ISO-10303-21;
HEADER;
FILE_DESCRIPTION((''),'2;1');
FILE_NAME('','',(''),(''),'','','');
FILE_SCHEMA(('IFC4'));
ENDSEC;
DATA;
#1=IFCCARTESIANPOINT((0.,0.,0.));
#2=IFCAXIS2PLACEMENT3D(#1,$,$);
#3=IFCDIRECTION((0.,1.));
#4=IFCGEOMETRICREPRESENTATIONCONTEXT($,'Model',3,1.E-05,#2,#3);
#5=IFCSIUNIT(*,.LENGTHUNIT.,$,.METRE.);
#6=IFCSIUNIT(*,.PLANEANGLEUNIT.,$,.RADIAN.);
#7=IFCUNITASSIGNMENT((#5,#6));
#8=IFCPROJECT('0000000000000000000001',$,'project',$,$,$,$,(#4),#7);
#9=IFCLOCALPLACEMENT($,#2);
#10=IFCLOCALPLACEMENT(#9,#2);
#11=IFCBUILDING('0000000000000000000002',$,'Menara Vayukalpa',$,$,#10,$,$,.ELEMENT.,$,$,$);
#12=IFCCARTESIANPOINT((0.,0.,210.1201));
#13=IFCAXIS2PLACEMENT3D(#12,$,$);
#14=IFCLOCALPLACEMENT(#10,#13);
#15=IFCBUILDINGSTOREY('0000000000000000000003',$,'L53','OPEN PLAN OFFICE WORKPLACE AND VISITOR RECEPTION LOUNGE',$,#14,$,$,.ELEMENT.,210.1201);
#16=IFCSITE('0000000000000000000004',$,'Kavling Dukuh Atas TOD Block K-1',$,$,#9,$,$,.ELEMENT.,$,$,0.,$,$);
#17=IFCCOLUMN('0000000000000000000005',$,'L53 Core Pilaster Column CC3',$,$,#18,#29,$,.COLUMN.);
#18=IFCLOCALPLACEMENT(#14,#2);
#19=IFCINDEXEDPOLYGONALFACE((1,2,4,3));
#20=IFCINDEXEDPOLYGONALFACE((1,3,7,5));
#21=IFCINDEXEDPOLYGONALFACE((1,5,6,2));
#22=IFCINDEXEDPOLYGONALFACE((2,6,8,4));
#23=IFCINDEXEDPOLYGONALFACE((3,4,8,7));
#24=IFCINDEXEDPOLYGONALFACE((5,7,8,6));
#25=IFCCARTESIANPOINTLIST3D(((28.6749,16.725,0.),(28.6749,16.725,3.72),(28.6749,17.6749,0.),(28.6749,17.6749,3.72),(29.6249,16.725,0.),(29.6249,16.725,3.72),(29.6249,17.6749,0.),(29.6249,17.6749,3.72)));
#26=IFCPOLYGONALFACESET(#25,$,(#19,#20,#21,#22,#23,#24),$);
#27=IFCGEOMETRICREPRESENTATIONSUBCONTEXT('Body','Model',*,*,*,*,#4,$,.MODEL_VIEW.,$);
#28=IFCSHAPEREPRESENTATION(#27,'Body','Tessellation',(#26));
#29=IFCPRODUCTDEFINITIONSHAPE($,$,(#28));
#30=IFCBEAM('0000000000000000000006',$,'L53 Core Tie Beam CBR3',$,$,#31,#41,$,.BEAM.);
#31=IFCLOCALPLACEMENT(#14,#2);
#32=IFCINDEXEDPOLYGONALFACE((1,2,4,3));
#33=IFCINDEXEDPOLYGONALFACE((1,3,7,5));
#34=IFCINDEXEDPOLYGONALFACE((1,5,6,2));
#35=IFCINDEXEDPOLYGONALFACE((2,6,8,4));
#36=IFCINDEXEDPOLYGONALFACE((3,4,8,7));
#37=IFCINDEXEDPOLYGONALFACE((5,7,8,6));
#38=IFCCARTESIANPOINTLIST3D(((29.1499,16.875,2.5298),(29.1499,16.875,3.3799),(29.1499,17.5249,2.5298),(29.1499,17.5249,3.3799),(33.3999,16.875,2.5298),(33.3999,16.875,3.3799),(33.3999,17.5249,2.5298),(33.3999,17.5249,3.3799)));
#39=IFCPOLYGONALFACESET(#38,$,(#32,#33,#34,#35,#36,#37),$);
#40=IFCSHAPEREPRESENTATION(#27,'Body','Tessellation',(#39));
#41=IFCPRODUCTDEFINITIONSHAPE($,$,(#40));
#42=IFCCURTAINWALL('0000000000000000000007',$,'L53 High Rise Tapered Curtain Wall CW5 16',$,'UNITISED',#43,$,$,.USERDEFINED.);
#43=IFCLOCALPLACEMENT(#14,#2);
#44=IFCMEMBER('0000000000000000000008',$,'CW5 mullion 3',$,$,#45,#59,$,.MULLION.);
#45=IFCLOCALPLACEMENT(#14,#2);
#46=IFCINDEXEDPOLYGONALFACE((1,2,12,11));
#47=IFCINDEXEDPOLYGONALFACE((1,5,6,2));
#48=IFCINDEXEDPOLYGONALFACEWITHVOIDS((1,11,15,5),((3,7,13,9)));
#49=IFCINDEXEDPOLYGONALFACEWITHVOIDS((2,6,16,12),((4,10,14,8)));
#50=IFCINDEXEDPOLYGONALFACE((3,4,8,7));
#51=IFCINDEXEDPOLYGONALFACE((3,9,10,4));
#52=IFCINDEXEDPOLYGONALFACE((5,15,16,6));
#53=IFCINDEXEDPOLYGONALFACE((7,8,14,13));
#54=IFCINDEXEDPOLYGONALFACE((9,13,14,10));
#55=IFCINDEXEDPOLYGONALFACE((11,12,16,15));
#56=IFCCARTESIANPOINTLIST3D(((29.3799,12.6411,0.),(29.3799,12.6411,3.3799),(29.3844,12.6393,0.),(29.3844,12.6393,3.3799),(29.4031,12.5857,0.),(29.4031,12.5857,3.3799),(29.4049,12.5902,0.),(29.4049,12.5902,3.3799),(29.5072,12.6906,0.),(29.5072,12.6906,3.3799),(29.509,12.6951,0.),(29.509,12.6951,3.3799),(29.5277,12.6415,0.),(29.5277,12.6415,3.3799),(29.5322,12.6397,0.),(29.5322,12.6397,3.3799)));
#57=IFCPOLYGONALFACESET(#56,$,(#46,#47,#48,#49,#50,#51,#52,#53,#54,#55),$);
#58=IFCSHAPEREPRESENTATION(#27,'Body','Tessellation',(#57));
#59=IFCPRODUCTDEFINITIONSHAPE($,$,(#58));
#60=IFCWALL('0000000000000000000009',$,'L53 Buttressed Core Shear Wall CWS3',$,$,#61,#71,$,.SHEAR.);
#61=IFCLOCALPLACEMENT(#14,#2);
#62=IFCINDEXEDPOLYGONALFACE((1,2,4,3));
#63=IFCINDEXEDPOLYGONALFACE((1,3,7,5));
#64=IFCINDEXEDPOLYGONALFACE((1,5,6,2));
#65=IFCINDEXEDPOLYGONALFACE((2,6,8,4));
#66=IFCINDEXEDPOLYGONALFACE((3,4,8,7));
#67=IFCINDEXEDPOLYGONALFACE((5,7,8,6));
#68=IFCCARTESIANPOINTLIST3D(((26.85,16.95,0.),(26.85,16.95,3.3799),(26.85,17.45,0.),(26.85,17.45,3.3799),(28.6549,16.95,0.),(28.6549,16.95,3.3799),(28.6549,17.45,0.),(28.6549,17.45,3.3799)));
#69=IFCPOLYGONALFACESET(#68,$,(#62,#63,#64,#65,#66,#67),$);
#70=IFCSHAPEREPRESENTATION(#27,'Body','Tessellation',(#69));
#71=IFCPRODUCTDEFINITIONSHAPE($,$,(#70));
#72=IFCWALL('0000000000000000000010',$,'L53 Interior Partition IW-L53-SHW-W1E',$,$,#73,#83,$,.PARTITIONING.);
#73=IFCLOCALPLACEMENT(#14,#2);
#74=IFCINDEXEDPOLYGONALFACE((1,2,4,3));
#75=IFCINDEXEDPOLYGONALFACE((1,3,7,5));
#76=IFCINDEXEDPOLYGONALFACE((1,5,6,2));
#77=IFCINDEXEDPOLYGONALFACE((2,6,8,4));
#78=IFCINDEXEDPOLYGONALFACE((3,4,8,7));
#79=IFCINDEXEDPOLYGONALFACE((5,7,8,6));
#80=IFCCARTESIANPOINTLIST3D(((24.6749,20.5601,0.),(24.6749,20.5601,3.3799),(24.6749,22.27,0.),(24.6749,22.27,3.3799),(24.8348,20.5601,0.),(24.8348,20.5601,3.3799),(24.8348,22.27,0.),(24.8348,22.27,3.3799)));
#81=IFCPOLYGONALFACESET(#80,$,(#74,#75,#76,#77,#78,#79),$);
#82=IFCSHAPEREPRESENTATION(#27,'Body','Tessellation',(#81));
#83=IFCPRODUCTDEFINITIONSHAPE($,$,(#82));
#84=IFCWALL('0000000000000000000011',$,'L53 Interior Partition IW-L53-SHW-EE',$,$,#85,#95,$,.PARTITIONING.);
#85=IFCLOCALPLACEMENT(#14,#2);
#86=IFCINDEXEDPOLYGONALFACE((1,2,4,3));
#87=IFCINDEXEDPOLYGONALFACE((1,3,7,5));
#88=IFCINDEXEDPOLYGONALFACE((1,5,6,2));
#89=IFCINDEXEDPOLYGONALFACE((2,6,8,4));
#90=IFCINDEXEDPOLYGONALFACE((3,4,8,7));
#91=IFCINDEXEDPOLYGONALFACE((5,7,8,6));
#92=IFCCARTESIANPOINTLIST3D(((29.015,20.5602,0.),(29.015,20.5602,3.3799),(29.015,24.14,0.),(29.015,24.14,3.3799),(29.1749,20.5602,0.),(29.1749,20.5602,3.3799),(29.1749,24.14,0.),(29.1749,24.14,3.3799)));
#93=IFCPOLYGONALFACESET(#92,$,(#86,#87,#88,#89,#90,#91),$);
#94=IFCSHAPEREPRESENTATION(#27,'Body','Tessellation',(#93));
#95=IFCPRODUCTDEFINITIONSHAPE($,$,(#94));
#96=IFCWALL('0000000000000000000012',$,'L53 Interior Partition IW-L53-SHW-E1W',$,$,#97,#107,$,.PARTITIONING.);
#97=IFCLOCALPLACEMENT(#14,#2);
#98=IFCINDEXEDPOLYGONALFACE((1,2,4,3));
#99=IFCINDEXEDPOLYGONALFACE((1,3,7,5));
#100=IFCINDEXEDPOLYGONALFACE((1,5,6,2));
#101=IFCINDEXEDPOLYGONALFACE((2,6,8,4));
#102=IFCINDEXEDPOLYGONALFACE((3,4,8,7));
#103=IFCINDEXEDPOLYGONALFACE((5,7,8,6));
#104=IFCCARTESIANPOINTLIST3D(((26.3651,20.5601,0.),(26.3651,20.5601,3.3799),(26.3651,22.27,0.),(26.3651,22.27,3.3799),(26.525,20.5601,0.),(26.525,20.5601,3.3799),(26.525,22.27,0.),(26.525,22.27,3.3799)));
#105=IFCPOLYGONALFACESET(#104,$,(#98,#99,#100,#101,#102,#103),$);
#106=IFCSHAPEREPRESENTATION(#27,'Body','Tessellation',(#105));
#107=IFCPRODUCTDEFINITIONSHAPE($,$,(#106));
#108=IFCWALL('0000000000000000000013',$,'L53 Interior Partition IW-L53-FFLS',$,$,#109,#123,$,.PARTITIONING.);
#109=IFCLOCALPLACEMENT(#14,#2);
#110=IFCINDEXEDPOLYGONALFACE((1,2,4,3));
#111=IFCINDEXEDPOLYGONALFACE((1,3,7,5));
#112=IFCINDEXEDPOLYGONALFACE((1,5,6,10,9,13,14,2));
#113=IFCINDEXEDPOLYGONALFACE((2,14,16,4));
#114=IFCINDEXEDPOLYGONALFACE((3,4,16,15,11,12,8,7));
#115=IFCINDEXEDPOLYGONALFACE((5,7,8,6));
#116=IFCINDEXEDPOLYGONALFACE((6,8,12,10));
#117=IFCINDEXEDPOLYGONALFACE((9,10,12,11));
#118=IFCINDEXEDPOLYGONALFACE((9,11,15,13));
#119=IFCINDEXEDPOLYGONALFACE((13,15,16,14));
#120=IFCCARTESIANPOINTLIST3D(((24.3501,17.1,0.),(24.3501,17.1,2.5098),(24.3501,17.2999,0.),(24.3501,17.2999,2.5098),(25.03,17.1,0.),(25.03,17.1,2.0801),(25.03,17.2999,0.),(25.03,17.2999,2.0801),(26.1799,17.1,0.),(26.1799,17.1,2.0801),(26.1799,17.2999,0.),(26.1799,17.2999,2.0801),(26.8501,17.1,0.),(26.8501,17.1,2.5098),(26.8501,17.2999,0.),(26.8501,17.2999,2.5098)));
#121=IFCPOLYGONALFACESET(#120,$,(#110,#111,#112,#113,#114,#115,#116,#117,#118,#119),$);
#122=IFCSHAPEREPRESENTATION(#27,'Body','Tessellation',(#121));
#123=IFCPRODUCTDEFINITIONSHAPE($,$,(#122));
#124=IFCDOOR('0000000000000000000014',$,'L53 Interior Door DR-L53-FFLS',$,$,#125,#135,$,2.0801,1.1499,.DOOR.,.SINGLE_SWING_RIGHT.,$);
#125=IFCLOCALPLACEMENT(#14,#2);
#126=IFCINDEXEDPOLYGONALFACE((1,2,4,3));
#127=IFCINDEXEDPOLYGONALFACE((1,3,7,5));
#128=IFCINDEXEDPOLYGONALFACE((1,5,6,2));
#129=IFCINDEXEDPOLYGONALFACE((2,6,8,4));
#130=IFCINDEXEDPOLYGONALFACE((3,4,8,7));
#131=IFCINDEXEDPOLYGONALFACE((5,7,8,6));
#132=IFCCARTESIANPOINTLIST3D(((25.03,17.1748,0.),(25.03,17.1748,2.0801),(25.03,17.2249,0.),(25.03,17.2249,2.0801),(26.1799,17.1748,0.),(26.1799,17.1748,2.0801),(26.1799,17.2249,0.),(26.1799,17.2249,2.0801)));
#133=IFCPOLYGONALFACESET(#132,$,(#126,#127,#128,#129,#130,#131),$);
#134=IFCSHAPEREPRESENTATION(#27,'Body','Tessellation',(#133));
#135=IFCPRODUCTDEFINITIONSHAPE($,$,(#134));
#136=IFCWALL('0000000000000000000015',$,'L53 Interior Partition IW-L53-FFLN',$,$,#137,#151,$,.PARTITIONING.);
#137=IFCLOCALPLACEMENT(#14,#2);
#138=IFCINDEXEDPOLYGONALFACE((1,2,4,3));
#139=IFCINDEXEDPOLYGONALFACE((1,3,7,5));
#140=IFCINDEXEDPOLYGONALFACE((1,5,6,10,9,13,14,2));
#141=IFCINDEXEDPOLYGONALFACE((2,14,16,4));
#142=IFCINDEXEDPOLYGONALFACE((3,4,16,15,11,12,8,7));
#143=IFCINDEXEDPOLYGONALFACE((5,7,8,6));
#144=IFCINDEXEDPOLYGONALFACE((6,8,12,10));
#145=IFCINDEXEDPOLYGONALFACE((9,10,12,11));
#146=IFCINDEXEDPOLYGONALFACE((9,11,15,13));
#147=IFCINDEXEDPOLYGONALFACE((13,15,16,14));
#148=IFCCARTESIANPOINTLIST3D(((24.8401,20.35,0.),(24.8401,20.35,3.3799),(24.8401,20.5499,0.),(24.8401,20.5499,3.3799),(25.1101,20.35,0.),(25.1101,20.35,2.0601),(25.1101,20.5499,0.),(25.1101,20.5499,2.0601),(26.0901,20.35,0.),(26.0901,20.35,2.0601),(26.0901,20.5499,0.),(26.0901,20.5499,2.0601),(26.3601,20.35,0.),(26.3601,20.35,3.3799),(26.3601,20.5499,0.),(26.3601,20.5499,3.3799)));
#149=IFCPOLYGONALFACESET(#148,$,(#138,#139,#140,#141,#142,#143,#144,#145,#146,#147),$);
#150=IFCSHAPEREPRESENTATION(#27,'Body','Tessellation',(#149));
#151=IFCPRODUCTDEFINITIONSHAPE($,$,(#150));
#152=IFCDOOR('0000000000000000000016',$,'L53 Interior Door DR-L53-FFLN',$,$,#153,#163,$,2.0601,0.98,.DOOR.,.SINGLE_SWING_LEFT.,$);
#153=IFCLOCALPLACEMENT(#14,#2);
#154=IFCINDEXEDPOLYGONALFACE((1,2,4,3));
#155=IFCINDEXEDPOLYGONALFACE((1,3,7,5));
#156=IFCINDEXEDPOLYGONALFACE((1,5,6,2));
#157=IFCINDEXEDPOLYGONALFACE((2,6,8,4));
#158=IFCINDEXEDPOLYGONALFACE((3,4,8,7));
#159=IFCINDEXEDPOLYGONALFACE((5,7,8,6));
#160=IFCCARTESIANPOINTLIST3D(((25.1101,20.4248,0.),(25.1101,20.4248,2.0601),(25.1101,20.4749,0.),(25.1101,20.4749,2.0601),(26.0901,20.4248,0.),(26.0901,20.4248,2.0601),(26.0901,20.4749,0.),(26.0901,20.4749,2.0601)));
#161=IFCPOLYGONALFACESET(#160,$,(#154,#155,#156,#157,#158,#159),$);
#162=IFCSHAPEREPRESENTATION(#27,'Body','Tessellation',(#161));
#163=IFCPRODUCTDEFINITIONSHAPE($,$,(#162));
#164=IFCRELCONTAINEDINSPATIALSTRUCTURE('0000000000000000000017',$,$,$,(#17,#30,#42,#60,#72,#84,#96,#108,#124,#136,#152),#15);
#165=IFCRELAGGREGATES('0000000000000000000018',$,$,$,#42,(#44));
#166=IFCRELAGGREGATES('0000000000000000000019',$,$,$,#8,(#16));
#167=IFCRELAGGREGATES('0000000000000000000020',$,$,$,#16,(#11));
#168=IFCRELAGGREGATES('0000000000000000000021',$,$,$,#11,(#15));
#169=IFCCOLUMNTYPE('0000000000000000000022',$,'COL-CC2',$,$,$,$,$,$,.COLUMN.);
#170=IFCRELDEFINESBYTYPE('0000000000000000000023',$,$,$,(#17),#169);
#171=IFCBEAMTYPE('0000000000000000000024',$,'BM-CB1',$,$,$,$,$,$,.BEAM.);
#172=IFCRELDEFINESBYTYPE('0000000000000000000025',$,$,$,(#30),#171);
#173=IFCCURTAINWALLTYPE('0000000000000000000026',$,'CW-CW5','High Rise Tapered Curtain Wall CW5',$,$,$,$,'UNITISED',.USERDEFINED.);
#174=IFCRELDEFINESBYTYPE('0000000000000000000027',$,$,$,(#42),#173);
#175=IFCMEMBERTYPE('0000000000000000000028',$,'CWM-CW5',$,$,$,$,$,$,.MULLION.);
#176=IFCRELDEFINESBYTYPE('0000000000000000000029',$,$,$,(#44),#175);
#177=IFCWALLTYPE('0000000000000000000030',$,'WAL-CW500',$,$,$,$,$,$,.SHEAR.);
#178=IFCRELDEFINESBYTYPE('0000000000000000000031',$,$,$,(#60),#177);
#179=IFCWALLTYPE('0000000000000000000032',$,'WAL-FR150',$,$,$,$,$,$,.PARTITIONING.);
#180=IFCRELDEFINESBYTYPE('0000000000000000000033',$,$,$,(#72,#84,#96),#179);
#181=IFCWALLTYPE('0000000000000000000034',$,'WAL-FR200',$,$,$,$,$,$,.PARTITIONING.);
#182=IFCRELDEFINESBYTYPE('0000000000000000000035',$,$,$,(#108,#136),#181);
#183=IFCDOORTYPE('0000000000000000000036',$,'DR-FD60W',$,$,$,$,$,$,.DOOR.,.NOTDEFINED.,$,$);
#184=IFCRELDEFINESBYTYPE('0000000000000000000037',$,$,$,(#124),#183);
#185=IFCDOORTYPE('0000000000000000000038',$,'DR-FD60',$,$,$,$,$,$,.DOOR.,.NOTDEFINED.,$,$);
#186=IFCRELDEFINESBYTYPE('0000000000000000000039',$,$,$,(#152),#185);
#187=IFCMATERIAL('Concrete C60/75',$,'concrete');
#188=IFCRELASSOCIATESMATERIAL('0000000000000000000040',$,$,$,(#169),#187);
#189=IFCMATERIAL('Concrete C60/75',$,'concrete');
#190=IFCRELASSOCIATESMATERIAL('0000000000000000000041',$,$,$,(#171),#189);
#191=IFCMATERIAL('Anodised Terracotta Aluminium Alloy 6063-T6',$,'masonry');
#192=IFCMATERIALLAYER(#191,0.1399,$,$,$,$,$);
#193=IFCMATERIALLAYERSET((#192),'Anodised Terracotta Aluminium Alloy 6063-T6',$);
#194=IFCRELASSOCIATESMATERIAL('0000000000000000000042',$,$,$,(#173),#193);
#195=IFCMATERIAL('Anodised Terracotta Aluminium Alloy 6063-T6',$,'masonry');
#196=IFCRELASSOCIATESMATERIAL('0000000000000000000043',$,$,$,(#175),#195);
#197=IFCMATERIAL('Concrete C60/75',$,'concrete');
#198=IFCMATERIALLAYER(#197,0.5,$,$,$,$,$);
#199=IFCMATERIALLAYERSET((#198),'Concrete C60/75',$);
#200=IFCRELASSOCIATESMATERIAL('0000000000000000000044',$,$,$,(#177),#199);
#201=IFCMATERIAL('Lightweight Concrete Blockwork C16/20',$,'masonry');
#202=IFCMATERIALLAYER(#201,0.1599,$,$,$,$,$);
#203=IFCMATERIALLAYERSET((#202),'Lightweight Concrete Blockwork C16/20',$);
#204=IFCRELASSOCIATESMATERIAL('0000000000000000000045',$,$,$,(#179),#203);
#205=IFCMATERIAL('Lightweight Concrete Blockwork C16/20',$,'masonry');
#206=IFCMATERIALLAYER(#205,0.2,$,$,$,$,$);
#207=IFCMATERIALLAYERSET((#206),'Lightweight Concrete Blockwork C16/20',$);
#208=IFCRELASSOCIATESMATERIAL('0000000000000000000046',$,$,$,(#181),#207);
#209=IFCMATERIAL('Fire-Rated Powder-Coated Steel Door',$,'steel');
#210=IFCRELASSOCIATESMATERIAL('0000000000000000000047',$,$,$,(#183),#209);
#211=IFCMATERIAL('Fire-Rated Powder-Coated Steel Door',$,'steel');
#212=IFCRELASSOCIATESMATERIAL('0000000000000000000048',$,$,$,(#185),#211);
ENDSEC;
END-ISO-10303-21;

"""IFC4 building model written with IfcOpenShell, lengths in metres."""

from ifc_helpers import new_model, si_unit, direction, frame, frame_2d, origin, origin_2d, place, context, subcontext, project, spatial, rectangle, hollow_rectangle, extrude, material, layer, layer_set, material_profile, profile_set, type_object, element, fill, aggregate, save


model = new_model("IFC4")

# Units and contexts
model_context = context("Model", 3, precision=1e-05, world=origin(), true_north=direction((0.0, 1.0)))
body_context = subcontext(model_context, "Body", "Model", "MODEL_VIEW")
ifc_project = project(units=[si_unit("LENGTHUNIT", "METRE"), si_unit("PLANEANGLEUNIT", "RADIAN")], contexts=[model_context])

# Site, building, storey
site_placement = place(None, origin())
site = spatial("IfcSite", under=ifc_project, at=site_placement, Name="Kavling Dukuh Atas TOD Block K-1", CompositionType="ELEMENT", RefElevation=0.0)
building_placement = place(site_placement, origin())
building = spatial("IfcBuilding", under=site, at=building_placement, Name="Menara Vayukalpa", CompositionType="ELEMENT")
storey_placement = place(building_placement, frame((0.0, 0.0, 210.1201)))
storey = spatial("IfcBuildingStorey", under=building, at=storey_placement, Name="L53", Description="OPEN PLAN OFFICE WORKPLACE AND VISITOR RECEPTION LOUNGE", CompositionType="ELEMENT", Elevation=210.1201)

# Column
ifc_material_1 = material(Name="Concrete C60/75", Category="concrete")
ifc_material_profile_1 = material_profile(ifc_material_1, rectangle(XDim=0.95, YDim=0.95, at=origin_2d()), Name="RC 950x950")
ifc_profile_set_1 = profile_set([ifc_material_profile_1], Name="Concrete C60/75")
column_type = type_object("IfcColumnType", Name="COL-CC2", PredefinedType="COLUMN", material=ifc_profile_set_1)
column_placement = place(storey_placement, frame((29.1499, 17.2, 0.0), z_axis=(0.0, 0.0, 1.0), x_axis=(1.0, 0.0, 0.0)))
element("IfcColumn", 1, at=column_placement, inside=storey, type_object=column_type, Name="L53 Core Pilaster Column CC3", PredefinedType="COLUMN", context=body_context, shape_type="SweptSolid", body=[
    extrude(rectangle(XDim=0.95, YDim=0.95, at=origin_2d()), origin(), (0.0, 0.0, 1.0), 3.72),
])

# Beam
ifc_material_2 = material(Name="Concrete C60/75", Category="concrete")
ifc_material_profile_2 = material_profile(ifc_material_2, rectangle(XDim=0.6499, YDim=0.8501, at=origin_2d()), Name="RC 650x850")
ifc_profile_set_2 = profile_set([ifc_material_profile_2], Name="Concrete C60/75")
beam_type = type_object("IfcBeamType", Name="BM-CB1", PredefinedType="BEAM", material=ifc_profile_set_2)
beam_placement = place(storey_placement, frame((29.1499, 17.2, 2.9548), z_axis=(1.0, 0.0, 0.0), x_axis=(0.0, 1.0, 0.0)))
element("IfcBeam", 2, at=beam_placement, inside=storey, type_object=beam_type, Name="L53 Core Tie Beam CBR3", PredefinedType="BEAM", context=body_context, shape_type="SweptSolid", body=[
    extrude(rectangle(XDim=0.6499, YDim=0.8501, at=origin_2d()), origin(), (0.0, 0.0, 1.0), 4.25),
])

# Curtain wall, member
ifc_material_3 = material(Name="Anodised Terracotta Aluminium Alloy 6063-T6", Category="masonry")
ifc_layer_1 = layer(ifc_material_3, 0.1399)
ifc_layer_set_1 = layer_set([ifc_layer_1], Name="Anodised Terracotta Aluminium Alloy 6063-T6")
curtain_wall_type = type_object("IfcCurtainWallType", Name="CW-CW5", Description="High Rise Tapered Curtain Wall CW5", ElementType="UNITISED", PredefinedType="USERDEFINED", material=ifc_layer_set_1)
curtain_wall_placement = place(storey_placement, origin())
curtain_wall = element("IfcCurtainWall", 3, at=curtain_wall_placement, inside=storey, type_object=curtain_wall_type, Name="L53 High Rise Tapered Curtain Wall CW5 16", ObjectType="UNITISED", PredefinedType="USERDEFINED")
ifc_material_4 = material(Name="Anodised Terracotta Aluminium Alloy 6063-T6", Category="masonry")
ifc_material_profile_3 = material_profile(ifc_material_4, hollow_rectangle(XDim=0.0601, YDim=0.1399, WallThickness=0.0034, at=origin_2d()), Name="ALU 60x140x3.5")
ifc_profile_set_3 = profile_set([ifc_material_profile_3], Name="Anodised Terracotta Aluminium Alloy 6063-T6")
member_type = type_object("IfcMemberType", Name="CWM-CW5", PredefinedType="MULLION", material=ifc_profile_set_3)
member_placement = place(storey_placement, frame((29.4561, 12.6404, 0.0), z_axis=(0.0, 0.0, 1.0), x_axis=(-0.385903, 0.922539, 0.0)))
member = element("IfcMember", 4, at=member_placement, type_object=member_type, Name="CW5 mullion 3", PredefinedType="MULLION", context=body_context, shape_type="SweptSolid", body=[
    extrude(hollow_rectangle(XDim=0.0601, YDim=0.1399, WallThickness=0.0034, at=origin_2d()), origin(), (0.0, 0.0, 1.0), 3.3799),
])
aggregate(curtain_wall, [member])

# Walls
ifc_material_5 = material(Name="Concrete C60/75", Category="concrete")
ifc_layer_2 = layer(ifc_material_5, 0.5)
ifc_layer_set_2 = layer_set([ifc_layer_2], Name="Concrete C60/75")
wall_type_1 = type_object("IfcWallType", Name="WAL-CW500", PredefinedType="SHEAR", material=ifc_layer_set_2)
wall_1_placement = place(storey_placement, frame((26.8501, 17.2, 0.0), z_axis=(0.0, 0.0, 1.0), x_axis=(1.0, 0.0, 0.0)))
element("IfcWall", 5, at=wall_1_placement, inside=storey, type_object=wall_type_1, Name="L53 Buttressed Core Shear Wall CWS3", PredefinedType="SHEAR", context=body_context, shape_type="SweptSolid", body=[
    extrude(rectangle(XDim=1.8049, YDim=0.5, at=frame_2d((0.9023, 0.0))), origin(), (0.0, 0.0, 1.0), 3.3799),
])
ifc_material_6 = material(Name="Lightweight Concrete Blockwork C16/20", Category="masonry")
ifc_layer_3 = layer(ifc_material_6, 0.1599)
ifc_layer_set_3 = layer_set([ifc_layer_3], Name="Lightweight Concrete Blockwork C16/20")
wall_type_2 = type_object("IfcWallType", Name="WAL-FR150", PredefinedType="PARTITIONING", material=ifc_layer_set_3)
wall_2_placement = place(storey_placement, frame((24.7549, 20.5601, 0.0), z_axis=(0.0, 0.0, 1.0), x_axis=(0.0, 1.0, 0.0)))
element("IfcWall", 6, at=wall_2_placement, inside=storey, type_object=wall_type_2, Name="L53 Interior Partition IW-L53-SHW-W1E", PredefinedType="PARTITIONING", context=body_context, shape_type="SweptSolid", body=[
    extrude(rectangle(XDim=1.71, YDim=0.1599, at=frame_2d((0.855, 0.0))), origin(), (0.0, 0.0, 1.0), 3.3799),
])
wall_3_placement = place(storey_placement, frame((29.095, 20.5601, 0.0), z_axis=(0.0, 0.0, 1.0), x_axis=(0.0, 1.0, 0.0)))
element("IfcWall", 7, at=wall_3_placement, inside=storey, type_object=wall_type_2, Name="L53 Interior Partition IW-L53-SHW-EE", PredefinedType="PARTITIONING", context=body_context, shape_type="SweptSolid", body=[
    extrude(rectangle(XDim=3.5798, YDim=0.1599, at=frame_2d((1.79, 0.0))), origin(), (0.0, 0.0, 1.0), 3.3799),
])
wall_4_placement = place(storey_placement, frame((26.4451, 20.5601, 0.0), z_axis=(0.0, 0.0, 1.0), x_axis=(0.0, 1.0, 0.0)))
element("IfcWall", 8, at=wall_4_placement, inside=storey, type_object=wall_type_2, Name="L53 Interior Partition IW-L53-SHW-E1W", PredefinedType="PARTITIONING", context=body_context, shape_type="SweptSolid", body=[
    extrude(rectangle(XDim=1.71, YDim=0.1599, at=frame_2d((0.855, 0.0))), origin(), (0.0, 0.0, 1.0), 3.3799),
])

# Walls, openings, doors
ifc_material_7 = material(Name="Lightweight Concrete Blockwork C16/20", Category="masonry")
ifc_layer_4 = layer(ifc_material_7, 0.2)
ifc_layer_set_4 = layer_set([ifc_layer_4], Name="Lightweight Concrete Blockwork C16/20")
wall_type_3 = type_object("IfcWallType", Name="WAL-FR200", PredefinedType="PARTITIONING", material=ifc_layer_set_4)
wall_5_placement = place(storey_placement, frame((24.3501, 17.2, 0.0), z_axis=(0.0, 0.0, 1.0), x_axis=(1.0, 0.0, 0.0)))
wall_5 = element("IfcWall", 9, at=wall_5_placement, inside=storey, type_object=wall_type_3, Name="L53 Interior Partition IW-L53-FFLS", PredefinedType="PARTITIONING", context=body_context, shape_type="SweptSolid", body=[
    extrude(rectangle(XDim=2.5, YDim=0.2, at=frame_2d((1.25, 0.0))), origin(), (0.0, 0.0, 1.0), 2.5098),
])
opening_1_placement = place(wall_5_placement, frame((0.6799, 0.0, 0.0)))
opening_1 = element("IfcOpeningElement", 10, at=opening_1_placement, cuts=wall_5, PredefinedType="OPENING", context=body_context, shape_type="SweptSolid", body=[
    extrude(rectangle(XDim=1.1499, YDim=2.0801, at=frame_2d((0.575, 1.04))), frame((0.0, 0.1099, 0.0), z_axis=(0.0, -1.0, 0.0), x_axis=(1.0, 0.0, 0.0)), (0.0, 0.0, 1.0), 0.22),
])
ifc_material_8 = material(Name="Fire-Rated Powder-Coated Steel Door", Category="steel")
door_type_1 = type_object("IfcDoorType", Name="DR-FD60W", OperationType="NOTDEFINED", PredefinedType="DOOR", material=ifc_material_8)
door_1_placement = place(opening_1_placement, origin())
door_1 = element("IfcDoor", 11, at=door_1_placement, inside=storey, type_object=door_type_1, Name="L53 Interior Door DR-L53-FFLS", OperationType="SINGLE_SWING_RIGHT", OverallHeight=2.0801, OverallWidth=1.1499, PredefinedType="DOOR", context=body_context, shape_type="SweptSolid", body=[
    extrude(rectangle(XDim=1.1499, YDim=2.0801, at=frame_2d((0.575, 1.04))), frame((0.0, 0.0249, 0.0), z_axis=(0.0, -1.0, 0.0), x_axis=(1.0, 0.0, 0.0)), (0.0, 0.0, 1.0), 0.05),
])
fill(opening_1, door_1)
wall_6_placement = place(storey_placement, frame((24.8401, 20.45, 0.0), z_axis=(0.0, 0.0, 1.0), x_axis=(1.0, 0.0, 0.0)))
wall_6 = element("IfcWall", 12, at=wall_6_placement, inside=storey, type_object=wall_type_3, Name="L53 Interior Partition IW-L53-FFLN", PredefinedType="PARTITIONING", context=body_context, shape_type="SweptSolid", body=[
    extrude(rectangle(XDim=1.52, YDim=0.2, at=frame_2d((0.76, 0.0))), origin(), (0.0, 0.0, 1.0), 3.3799),
])
opening_2_placement = place(wall_6_placement, frame((0.27, 0.0, 0.0)))
opening_2 = element("IfcOpeningElement", 13, at=opening_2_placement, cuts=wall_6, PredefinedType="OPENING", context=body_context, shape_type="SweptSolid", body=[
    extrude(rectangle(XDim=0.98, YDim=2.0601, at=frame_2d((0.49, 1.03))), frame((0.0, 0.1099, 0.0), z_axis=(0.0, -1.0, 0.0), x_axis=(1.0, 0.0, 0.0)), (0.0, 0.0, 1.0), 0.22),
])
ifc_material_9 = material(Name="Fire-Rated Powder-Coated Steel Door", Category="steel")
door_type_2 = type_object("IfcDoorType", Name="DR-FD60", OperationType="NOTDEFINED", PredefinedType="DOOR", material=ifc_material_9)
door_2_placement = place(opening_2_placement, origin())
door_2 = element("IfcDoor", 14, at=door_2_placement, inside=storey, type_object=door_type_2, Name="L53 Interior Door DR-L53-FFLN", OperationType="SINGLE_SWING_LEFT", OverallHeight=2.0601, OverallWidth=0.98, PredefinedType="DOOR", context=body_context, shape_type="SweptSolid", body=[
    extrude(rectangle(XDim=0.98, YDim=2.0601, at=frame_2d((0.49, 1.03))), frame((0.0, 0.0249, 0.0), z_axis=(0.0, -1.0, 0.0), x_axis=(1.0, 0.0, 0.0)), (0.0, 0.0, 1.0), 0.05),
])
fill(opening_2, door_2)

save(model, "model.ifc")
